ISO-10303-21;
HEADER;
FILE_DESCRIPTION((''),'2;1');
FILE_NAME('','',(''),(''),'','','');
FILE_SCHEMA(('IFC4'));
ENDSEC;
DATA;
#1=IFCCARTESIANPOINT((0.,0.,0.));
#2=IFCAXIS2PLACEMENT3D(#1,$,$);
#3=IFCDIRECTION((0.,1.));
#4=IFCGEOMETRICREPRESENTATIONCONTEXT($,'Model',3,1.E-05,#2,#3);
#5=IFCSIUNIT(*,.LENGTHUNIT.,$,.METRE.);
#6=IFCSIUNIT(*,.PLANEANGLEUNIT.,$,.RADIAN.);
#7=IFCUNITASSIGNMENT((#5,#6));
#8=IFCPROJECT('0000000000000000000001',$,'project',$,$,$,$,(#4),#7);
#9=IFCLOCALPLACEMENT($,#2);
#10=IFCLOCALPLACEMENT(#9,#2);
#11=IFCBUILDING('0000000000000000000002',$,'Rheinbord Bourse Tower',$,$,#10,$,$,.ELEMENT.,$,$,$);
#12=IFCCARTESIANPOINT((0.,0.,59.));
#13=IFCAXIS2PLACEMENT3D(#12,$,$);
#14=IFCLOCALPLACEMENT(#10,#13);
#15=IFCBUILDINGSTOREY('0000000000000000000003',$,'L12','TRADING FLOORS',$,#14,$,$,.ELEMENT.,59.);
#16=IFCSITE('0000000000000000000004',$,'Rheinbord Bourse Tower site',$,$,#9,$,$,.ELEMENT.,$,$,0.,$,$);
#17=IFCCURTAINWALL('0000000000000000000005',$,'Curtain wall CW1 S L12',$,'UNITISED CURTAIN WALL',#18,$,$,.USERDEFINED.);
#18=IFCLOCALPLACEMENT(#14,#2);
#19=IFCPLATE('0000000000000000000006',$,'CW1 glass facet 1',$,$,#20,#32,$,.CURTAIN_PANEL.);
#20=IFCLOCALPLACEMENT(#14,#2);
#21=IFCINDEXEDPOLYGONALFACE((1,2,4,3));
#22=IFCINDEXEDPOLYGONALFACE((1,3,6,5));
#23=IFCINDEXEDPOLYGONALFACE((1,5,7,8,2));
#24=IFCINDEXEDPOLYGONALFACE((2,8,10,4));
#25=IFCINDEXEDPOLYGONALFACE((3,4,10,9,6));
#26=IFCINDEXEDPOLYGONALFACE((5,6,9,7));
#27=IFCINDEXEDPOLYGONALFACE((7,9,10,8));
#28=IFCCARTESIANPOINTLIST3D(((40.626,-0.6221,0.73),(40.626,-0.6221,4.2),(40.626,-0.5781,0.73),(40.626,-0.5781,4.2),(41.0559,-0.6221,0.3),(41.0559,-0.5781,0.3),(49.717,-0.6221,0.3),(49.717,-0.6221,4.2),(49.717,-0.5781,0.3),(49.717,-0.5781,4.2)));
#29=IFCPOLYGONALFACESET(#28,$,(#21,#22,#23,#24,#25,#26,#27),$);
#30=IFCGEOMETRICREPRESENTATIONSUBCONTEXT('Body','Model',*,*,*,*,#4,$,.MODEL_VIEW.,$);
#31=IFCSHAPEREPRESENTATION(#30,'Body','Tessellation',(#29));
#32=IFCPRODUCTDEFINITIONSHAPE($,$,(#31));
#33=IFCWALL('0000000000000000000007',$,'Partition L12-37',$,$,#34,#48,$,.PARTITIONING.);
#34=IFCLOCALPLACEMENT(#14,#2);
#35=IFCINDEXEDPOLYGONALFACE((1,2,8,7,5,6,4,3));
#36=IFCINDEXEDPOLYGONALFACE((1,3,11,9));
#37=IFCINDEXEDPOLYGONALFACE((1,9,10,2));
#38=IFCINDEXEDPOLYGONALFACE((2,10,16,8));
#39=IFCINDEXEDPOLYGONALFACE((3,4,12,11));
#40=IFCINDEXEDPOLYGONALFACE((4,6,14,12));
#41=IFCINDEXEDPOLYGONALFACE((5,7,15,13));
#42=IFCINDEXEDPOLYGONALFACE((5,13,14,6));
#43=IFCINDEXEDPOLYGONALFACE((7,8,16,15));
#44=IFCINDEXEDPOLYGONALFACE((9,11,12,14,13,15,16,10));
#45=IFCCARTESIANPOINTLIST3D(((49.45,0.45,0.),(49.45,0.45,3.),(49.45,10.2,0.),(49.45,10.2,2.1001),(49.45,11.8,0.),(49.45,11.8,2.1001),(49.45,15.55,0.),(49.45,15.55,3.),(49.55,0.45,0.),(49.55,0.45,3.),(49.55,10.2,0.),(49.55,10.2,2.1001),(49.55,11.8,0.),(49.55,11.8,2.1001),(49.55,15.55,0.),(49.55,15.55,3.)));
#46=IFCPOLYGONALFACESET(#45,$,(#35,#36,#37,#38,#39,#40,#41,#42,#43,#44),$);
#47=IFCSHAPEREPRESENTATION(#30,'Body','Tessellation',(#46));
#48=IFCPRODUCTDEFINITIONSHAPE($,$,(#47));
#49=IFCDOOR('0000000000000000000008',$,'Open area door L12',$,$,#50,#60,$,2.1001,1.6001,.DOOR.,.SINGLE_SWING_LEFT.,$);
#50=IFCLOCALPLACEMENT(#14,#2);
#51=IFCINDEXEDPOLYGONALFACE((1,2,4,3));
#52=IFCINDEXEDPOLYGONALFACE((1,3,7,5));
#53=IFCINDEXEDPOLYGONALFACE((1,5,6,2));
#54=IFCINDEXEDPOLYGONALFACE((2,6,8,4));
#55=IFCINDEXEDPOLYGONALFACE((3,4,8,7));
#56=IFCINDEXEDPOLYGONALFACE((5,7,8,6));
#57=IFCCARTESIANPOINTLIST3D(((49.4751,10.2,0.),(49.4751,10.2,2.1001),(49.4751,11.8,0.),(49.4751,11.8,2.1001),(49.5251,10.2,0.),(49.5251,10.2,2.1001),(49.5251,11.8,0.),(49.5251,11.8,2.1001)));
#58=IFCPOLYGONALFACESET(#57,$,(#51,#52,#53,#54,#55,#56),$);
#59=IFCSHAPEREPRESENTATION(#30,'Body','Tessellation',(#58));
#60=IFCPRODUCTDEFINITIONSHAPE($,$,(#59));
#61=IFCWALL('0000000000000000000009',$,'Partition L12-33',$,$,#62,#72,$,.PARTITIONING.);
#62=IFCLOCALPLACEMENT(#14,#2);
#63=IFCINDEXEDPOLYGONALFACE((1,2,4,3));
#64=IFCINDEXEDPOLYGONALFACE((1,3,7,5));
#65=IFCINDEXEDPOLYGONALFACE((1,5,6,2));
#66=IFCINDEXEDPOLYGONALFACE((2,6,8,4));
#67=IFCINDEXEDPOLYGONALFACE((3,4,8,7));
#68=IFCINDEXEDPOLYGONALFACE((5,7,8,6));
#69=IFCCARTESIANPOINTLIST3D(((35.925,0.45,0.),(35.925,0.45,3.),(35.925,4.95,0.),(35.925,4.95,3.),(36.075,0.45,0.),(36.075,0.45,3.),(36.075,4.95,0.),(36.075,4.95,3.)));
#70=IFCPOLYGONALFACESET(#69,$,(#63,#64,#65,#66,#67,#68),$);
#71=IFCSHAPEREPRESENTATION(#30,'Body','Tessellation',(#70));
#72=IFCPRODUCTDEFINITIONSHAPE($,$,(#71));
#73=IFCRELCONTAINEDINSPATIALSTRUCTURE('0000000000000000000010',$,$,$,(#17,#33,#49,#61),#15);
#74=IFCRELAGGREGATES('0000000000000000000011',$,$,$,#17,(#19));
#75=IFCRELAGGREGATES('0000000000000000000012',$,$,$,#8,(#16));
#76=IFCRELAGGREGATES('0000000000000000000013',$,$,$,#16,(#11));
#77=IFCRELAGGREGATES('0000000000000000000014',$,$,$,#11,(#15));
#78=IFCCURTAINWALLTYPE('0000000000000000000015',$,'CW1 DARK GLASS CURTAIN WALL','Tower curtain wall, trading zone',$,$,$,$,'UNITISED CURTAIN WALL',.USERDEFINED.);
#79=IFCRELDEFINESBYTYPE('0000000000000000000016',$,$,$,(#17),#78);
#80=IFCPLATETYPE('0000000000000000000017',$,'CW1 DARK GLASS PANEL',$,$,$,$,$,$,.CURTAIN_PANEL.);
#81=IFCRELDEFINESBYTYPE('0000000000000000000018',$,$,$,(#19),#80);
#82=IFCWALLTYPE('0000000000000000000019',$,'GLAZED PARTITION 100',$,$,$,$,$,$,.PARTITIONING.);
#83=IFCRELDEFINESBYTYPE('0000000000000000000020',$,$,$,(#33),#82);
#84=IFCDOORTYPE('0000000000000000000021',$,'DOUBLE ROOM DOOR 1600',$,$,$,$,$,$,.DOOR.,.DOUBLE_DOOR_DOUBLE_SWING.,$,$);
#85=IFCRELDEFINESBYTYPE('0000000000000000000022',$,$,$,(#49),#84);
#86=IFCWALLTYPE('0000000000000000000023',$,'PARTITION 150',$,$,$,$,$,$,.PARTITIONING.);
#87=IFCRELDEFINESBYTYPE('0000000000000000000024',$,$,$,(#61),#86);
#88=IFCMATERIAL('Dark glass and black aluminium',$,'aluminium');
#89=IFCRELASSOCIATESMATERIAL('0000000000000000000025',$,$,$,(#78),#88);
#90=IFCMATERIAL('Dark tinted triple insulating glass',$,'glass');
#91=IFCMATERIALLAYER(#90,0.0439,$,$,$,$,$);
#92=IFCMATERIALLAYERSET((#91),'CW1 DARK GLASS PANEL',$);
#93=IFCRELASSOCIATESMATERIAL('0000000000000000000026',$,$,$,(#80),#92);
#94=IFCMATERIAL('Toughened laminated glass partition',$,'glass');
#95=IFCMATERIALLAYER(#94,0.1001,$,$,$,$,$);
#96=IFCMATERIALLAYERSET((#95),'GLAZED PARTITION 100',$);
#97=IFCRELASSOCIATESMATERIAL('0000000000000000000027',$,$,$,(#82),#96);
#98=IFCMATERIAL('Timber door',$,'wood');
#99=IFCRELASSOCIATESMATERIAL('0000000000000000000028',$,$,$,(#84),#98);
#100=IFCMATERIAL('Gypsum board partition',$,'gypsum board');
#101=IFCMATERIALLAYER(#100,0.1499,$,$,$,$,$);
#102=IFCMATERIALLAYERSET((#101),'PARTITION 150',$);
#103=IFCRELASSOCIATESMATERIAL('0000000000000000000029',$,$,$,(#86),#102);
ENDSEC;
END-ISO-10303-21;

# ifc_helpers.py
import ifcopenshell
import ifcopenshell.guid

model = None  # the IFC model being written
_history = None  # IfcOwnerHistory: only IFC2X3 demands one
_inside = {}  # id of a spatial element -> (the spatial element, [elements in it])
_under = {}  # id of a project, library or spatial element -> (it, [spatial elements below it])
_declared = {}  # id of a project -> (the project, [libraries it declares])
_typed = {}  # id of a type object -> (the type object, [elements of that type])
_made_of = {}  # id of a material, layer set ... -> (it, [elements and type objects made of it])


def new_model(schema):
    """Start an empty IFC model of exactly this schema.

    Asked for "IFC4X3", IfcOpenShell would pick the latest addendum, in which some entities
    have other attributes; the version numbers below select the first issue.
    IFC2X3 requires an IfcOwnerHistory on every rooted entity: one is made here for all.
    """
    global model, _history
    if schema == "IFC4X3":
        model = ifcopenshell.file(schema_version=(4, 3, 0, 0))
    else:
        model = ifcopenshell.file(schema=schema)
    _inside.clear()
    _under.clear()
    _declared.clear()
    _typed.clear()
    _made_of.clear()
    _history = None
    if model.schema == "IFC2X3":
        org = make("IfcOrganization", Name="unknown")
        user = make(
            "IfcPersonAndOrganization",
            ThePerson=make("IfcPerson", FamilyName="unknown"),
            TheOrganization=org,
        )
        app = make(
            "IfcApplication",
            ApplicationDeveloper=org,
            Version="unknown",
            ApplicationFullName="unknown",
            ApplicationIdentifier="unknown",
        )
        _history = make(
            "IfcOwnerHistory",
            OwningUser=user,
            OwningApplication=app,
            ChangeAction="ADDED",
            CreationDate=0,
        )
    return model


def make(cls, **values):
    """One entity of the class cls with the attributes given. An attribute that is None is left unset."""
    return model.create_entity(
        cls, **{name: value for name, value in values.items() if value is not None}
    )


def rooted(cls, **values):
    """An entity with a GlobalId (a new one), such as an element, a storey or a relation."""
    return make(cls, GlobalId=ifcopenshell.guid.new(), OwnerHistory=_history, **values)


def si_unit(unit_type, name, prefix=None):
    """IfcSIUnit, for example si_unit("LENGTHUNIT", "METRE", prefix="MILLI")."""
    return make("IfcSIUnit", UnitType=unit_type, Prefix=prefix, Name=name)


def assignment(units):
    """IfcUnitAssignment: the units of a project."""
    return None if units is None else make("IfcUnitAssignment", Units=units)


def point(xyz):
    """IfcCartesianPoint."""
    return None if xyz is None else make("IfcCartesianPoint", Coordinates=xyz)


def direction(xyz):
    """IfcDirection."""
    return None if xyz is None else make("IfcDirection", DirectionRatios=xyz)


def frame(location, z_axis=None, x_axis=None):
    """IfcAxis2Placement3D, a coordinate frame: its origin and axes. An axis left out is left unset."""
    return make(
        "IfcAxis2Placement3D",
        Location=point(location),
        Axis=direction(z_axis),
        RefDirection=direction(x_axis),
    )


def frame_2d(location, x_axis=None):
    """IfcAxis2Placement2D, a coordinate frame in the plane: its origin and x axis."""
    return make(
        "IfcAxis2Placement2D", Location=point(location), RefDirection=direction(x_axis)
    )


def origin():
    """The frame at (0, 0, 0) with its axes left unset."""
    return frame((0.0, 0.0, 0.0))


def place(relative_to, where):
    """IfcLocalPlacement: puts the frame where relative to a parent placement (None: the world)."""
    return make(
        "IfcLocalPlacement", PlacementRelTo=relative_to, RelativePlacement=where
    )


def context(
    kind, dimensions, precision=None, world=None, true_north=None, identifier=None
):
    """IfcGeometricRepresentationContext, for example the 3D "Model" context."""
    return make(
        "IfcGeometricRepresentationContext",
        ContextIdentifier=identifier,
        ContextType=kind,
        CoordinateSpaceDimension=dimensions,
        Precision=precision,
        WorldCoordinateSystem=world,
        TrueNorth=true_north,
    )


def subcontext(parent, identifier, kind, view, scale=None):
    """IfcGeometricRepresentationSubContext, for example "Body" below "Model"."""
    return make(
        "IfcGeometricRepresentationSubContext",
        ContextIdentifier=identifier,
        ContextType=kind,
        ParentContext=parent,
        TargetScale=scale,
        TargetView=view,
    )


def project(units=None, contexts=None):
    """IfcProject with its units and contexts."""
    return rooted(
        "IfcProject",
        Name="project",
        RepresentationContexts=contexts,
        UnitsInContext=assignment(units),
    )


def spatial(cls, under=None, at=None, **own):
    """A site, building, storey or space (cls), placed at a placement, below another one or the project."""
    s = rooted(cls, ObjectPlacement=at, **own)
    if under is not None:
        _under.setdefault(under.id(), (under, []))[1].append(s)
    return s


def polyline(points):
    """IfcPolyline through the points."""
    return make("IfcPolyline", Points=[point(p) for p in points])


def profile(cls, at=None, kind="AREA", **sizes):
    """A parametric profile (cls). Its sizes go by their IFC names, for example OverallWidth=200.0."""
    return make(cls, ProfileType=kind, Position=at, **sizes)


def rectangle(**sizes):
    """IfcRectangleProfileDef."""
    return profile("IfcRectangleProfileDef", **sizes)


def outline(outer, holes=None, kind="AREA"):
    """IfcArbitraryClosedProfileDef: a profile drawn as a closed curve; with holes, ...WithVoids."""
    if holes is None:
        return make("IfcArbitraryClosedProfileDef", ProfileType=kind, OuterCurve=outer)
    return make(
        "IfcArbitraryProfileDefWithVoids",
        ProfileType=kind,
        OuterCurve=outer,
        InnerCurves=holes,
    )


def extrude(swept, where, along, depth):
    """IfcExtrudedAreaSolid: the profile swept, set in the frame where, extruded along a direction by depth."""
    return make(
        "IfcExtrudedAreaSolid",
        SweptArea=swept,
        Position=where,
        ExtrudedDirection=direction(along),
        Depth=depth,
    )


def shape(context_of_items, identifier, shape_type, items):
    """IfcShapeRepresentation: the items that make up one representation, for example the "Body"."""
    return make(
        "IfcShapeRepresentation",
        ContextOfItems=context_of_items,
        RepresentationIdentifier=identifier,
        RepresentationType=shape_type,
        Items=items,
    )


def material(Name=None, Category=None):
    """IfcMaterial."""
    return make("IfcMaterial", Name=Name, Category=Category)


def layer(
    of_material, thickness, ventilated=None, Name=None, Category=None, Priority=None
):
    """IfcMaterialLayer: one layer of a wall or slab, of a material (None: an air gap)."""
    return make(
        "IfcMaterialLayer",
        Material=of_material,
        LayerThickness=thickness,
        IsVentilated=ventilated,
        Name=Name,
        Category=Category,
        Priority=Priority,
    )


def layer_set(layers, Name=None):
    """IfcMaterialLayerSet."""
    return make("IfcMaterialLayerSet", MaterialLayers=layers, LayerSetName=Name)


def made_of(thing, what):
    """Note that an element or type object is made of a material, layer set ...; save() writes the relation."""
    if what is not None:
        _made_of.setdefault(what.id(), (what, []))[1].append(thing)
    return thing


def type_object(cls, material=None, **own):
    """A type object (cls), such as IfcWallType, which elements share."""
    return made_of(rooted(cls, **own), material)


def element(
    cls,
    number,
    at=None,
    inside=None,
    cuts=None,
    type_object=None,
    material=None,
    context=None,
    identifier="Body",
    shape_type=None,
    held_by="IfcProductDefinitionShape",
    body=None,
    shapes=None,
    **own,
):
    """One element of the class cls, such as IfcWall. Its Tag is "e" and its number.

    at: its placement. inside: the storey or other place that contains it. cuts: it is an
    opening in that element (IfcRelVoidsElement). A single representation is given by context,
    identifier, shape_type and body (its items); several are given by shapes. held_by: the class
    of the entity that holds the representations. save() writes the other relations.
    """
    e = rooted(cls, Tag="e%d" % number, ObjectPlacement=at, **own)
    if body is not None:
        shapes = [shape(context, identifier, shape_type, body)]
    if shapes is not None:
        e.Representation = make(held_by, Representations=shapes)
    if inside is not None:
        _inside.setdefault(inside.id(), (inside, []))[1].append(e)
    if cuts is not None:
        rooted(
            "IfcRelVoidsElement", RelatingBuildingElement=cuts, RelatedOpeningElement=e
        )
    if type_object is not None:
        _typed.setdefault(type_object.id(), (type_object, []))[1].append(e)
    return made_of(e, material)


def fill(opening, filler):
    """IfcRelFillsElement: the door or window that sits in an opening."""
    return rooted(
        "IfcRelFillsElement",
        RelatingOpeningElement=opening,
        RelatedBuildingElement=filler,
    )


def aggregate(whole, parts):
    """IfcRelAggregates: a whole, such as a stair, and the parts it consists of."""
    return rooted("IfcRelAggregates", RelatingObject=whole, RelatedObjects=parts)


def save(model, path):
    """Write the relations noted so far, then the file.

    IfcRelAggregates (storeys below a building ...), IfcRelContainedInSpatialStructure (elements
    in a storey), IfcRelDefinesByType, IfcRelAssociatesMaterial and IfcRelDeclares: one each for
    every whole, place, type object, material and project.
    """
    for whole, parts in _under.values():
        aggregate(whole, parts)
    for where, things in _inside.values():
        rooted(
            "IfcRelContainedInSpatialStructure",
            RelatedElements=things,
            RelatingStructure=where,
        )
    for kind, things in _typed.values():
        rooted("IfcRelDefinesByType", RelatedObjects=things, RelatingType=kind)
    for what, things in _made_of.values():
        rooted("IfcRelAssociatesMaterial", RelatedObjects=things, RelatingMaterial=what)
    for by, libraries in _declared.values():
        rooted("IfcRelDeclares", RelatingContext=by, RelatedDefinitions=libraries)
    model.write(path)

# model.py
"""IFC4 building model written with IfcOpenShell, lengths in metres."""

from ifc_helpers import new_model, si_unit, direction, frame, frame_2d, origin, place, context, subcontext, project, spatial, polyline, rectangle, outline, extrude, material, layer, layer_set, type_object, element, fill, aggregate, save


model = new_model("IFC4")

# Units and contexts
model_context = context("Model", 3, precision=1e-05, world=origin(), true_north=direction((0.0, 1.0)))
body_context = subcontext(model_context, "Body", "Model", "MODEL_VIEW")
ifc_project = project(units=[si_unit("LENGTHUNIT", "METRE"), si_unit("PLANEANGLEUNIT", "RADIAN")], contexts=[model_context])

# Site, building, storey
site_placement = place(None, origin())
site = spatial("IfcSite", under=ifc_project, at=site_placement, Name="Rheinbord Bourse Tower site", CompositionType="ELEMENT", RefElevation=0.0)
building_placement = place(site_placement, origin())
building = spatial("IfcBuilding", under=site, at=building_placement, Name="Rheinbord Bourse Tower", CompositionType="ELEMENT")
storey_placement = place(building_placement, frame((0.0, 0.0, 59.0)))
storey = spatial("IfcBuildingStorey", under=building, at=storey_placement, Name="L12", Description="TRADING FLOORS", CompositionType="ELEMENT", Elevation=59.0)

# Curtain wall
ifc_material_1 = material(Name="Dark glass and black aluminium", Category="aluminium")
curtain_wall_type = type_object("IfcCurtainWallType", Name="CW1 DARK GLASS CURTAIN WALL", Description="Tower curtain wall, trading zone", ElementType="UNITISED CURTAIN WALL", PredefinedType="USERDEFINED", material=ifc_material_1)
curtain_wall_placement = place(storey_placement, origin())
curtain_wall = element("IfcCurtainWall", 1, at=curtain_wall_placement, inside=storey, type_object=curtain_wall_type, Name="Curtain wall CW1 S L12", ObjectType="UNITISED CURTAIN WALL", PredefinedType="USERDEFINED")

# Plate
ifc_material_2 = material(Name="Dark tinted triple insulating glass", Category="glass")
ifc_layer_1 = layer(ifc_material_2, 0.0439)
ifc_layer_set_1 = layer_set([ifc_layer_1], Name="CW1 DARK GLASS PANEL")
plate_type = type_object("IfcPlateType", Name="CW1 DARK GLASS PANEL", PredefinedType="CURTAIN_PANEL", material=ifc_layer_set_1)
plate_1_placement = place(storey_placement, frame((40.626, -0.6221, 4.2), z_axis=(0.0, 1.0, 0.0), x_axis=(1.0, 0.0, 0.0)))
plate_1 = element("IfcPlate", 2, at=plate_1_placement, type_object=plate_type, Name="CW1 glass facet 1", PredefinedType="CURTAIN_PANEL", context=body_context, shape_type="SweptSolid", body=[
    extrude(outline(polyline([(0.0, 0.0), (9.0911, 0.0), (9.0911, 3.8999), (0.4299, 3.8999), (0.0, 3.47), (0.0, 0.0)])), origin(), (0.0, 0.0, 1.0), 0.0439),
])
aggregate(curtain_wall, [plate_1])

# Wall, opening, door
ifc_material_3 = material(Name="Toughened laminated glass partition", Category="glass")
ifc_layer_2 = layer(ifc_material_3, 0.1001)
ifc_layer_set_2 = layer_set([ifc_layer_2], Name="GLAZED PARTITION 100")
wall_type_1 = type_object("IfcWallType", Name="GLAZED PARTITION 100", PredefinedType="PARTITIONING", material=ifc_layer_set_2)
wall_1_placement = place(storey_placement, frame((49.5, 0.45, 0.0), z_axis=(0.0, 0.0, 1.0), x_axis=(0.0, 1.0, 0.0)))
wall_1 = element("IfcWall", 3, at=wall_1_placement, inside=storey, type_object=wall_type_1, Name="Partition L12-37", PredefinedType="PARTITIONING", context=body_context, shape_type="SweptSolid", body=[
    extrude(rectangle(XDim=15.1001, YDim=0.1001, at=frame_2d((7.55, 0.0))), origin(), (0.0, 0.0, 1.0), 3.0),
])
opening_placement = place(wall_1_placement, frame((9.75, 0.0, 0.0)))
opening = element("IfcOpeningElement", 4, at=opening_placement, cuts=wall_1, PredefinedType="OPENING", context=body_context, shape_type="SweptSolid", body=[
    extrude(rectangle(XDim=1.6001, YDim=2.1001, at=frame_2d((0.8, 1.05))), frame((0.0, 0.0601, 0.0), z_axis=(0.0, -1.0, 0.0), x_axis=(1.0, 0.0, 0.0)), (0.0, 0.0, 1.0), 0.1201),
])
ifc_material_4 = material(Name="Timber door", Category="wood")
door_type = type_object("IfcDoorType", Name="DOUBLE ROOM DOOR 1600", OperationType="DOUBLE_DOOR_DOUBLE_SWING", PredefinedType="DOOR", material=ifc_material_4)
door_placement = place(opening_placement, origin())
door = element("IfcDoor", 5, at=door_placement, inside=storey, type_object=door_type, Name="Open area door L12", OperationType="SINGLE_SWING_LEFT", OverallHeight=2.1001, OverallWidth=1.6001, PredefinedType="DOOR", context=body_context, shape_type="SweptSolid", body=[
    extrude(rectangle(XDim=1.6001, YDim=2.1001, at=frame_2d((0.8, 1.05))), frame((0.0, 0.0249, 0.0), z_axis=(0.0, -1.0, 0.0), x_axis=(1.0, 0.0, 0.0)), (0.0, 0.0, 1.0), 0.05),
])
fill(opening, door)

# Wall
ifc_material_5 = material(Name="Gypsum board partition", Category="gypsum board")
ifc_layer_3 = layer(ifc_material_5, 0.1499)
ifc_layer_set_3 = layer_set([ifc_layer_3], Name="PARTITION 150")
wall_type_2 = type_object("IfcWallType", Name="PARTITION 150", PredefinedType="PARTITIONING", material=ifc_layer_set_3)
wall_2_placement = place(storey_placement, frame((36.0, 0.45, 0.0), z_axis=(0.0, 0.0, 1.0), x_axis=(0.0, 1.0, 0.0)))
element("IfcWall", 6, at=wall_2_placement, inside=storey, type_object=wall_type_2, Name="Partition L12-33", PredefinedType="PARTITIONING", context=body_context, shape_type="SweptSolid", body=[
    extrude(rectangle(XDim=4.5, YDim=0.1499, at=frame_2d((2.25, 0.0))), origin(), (0.0, 0.0, 1.0), 3.0),
])

save(model, "model.ifc")
